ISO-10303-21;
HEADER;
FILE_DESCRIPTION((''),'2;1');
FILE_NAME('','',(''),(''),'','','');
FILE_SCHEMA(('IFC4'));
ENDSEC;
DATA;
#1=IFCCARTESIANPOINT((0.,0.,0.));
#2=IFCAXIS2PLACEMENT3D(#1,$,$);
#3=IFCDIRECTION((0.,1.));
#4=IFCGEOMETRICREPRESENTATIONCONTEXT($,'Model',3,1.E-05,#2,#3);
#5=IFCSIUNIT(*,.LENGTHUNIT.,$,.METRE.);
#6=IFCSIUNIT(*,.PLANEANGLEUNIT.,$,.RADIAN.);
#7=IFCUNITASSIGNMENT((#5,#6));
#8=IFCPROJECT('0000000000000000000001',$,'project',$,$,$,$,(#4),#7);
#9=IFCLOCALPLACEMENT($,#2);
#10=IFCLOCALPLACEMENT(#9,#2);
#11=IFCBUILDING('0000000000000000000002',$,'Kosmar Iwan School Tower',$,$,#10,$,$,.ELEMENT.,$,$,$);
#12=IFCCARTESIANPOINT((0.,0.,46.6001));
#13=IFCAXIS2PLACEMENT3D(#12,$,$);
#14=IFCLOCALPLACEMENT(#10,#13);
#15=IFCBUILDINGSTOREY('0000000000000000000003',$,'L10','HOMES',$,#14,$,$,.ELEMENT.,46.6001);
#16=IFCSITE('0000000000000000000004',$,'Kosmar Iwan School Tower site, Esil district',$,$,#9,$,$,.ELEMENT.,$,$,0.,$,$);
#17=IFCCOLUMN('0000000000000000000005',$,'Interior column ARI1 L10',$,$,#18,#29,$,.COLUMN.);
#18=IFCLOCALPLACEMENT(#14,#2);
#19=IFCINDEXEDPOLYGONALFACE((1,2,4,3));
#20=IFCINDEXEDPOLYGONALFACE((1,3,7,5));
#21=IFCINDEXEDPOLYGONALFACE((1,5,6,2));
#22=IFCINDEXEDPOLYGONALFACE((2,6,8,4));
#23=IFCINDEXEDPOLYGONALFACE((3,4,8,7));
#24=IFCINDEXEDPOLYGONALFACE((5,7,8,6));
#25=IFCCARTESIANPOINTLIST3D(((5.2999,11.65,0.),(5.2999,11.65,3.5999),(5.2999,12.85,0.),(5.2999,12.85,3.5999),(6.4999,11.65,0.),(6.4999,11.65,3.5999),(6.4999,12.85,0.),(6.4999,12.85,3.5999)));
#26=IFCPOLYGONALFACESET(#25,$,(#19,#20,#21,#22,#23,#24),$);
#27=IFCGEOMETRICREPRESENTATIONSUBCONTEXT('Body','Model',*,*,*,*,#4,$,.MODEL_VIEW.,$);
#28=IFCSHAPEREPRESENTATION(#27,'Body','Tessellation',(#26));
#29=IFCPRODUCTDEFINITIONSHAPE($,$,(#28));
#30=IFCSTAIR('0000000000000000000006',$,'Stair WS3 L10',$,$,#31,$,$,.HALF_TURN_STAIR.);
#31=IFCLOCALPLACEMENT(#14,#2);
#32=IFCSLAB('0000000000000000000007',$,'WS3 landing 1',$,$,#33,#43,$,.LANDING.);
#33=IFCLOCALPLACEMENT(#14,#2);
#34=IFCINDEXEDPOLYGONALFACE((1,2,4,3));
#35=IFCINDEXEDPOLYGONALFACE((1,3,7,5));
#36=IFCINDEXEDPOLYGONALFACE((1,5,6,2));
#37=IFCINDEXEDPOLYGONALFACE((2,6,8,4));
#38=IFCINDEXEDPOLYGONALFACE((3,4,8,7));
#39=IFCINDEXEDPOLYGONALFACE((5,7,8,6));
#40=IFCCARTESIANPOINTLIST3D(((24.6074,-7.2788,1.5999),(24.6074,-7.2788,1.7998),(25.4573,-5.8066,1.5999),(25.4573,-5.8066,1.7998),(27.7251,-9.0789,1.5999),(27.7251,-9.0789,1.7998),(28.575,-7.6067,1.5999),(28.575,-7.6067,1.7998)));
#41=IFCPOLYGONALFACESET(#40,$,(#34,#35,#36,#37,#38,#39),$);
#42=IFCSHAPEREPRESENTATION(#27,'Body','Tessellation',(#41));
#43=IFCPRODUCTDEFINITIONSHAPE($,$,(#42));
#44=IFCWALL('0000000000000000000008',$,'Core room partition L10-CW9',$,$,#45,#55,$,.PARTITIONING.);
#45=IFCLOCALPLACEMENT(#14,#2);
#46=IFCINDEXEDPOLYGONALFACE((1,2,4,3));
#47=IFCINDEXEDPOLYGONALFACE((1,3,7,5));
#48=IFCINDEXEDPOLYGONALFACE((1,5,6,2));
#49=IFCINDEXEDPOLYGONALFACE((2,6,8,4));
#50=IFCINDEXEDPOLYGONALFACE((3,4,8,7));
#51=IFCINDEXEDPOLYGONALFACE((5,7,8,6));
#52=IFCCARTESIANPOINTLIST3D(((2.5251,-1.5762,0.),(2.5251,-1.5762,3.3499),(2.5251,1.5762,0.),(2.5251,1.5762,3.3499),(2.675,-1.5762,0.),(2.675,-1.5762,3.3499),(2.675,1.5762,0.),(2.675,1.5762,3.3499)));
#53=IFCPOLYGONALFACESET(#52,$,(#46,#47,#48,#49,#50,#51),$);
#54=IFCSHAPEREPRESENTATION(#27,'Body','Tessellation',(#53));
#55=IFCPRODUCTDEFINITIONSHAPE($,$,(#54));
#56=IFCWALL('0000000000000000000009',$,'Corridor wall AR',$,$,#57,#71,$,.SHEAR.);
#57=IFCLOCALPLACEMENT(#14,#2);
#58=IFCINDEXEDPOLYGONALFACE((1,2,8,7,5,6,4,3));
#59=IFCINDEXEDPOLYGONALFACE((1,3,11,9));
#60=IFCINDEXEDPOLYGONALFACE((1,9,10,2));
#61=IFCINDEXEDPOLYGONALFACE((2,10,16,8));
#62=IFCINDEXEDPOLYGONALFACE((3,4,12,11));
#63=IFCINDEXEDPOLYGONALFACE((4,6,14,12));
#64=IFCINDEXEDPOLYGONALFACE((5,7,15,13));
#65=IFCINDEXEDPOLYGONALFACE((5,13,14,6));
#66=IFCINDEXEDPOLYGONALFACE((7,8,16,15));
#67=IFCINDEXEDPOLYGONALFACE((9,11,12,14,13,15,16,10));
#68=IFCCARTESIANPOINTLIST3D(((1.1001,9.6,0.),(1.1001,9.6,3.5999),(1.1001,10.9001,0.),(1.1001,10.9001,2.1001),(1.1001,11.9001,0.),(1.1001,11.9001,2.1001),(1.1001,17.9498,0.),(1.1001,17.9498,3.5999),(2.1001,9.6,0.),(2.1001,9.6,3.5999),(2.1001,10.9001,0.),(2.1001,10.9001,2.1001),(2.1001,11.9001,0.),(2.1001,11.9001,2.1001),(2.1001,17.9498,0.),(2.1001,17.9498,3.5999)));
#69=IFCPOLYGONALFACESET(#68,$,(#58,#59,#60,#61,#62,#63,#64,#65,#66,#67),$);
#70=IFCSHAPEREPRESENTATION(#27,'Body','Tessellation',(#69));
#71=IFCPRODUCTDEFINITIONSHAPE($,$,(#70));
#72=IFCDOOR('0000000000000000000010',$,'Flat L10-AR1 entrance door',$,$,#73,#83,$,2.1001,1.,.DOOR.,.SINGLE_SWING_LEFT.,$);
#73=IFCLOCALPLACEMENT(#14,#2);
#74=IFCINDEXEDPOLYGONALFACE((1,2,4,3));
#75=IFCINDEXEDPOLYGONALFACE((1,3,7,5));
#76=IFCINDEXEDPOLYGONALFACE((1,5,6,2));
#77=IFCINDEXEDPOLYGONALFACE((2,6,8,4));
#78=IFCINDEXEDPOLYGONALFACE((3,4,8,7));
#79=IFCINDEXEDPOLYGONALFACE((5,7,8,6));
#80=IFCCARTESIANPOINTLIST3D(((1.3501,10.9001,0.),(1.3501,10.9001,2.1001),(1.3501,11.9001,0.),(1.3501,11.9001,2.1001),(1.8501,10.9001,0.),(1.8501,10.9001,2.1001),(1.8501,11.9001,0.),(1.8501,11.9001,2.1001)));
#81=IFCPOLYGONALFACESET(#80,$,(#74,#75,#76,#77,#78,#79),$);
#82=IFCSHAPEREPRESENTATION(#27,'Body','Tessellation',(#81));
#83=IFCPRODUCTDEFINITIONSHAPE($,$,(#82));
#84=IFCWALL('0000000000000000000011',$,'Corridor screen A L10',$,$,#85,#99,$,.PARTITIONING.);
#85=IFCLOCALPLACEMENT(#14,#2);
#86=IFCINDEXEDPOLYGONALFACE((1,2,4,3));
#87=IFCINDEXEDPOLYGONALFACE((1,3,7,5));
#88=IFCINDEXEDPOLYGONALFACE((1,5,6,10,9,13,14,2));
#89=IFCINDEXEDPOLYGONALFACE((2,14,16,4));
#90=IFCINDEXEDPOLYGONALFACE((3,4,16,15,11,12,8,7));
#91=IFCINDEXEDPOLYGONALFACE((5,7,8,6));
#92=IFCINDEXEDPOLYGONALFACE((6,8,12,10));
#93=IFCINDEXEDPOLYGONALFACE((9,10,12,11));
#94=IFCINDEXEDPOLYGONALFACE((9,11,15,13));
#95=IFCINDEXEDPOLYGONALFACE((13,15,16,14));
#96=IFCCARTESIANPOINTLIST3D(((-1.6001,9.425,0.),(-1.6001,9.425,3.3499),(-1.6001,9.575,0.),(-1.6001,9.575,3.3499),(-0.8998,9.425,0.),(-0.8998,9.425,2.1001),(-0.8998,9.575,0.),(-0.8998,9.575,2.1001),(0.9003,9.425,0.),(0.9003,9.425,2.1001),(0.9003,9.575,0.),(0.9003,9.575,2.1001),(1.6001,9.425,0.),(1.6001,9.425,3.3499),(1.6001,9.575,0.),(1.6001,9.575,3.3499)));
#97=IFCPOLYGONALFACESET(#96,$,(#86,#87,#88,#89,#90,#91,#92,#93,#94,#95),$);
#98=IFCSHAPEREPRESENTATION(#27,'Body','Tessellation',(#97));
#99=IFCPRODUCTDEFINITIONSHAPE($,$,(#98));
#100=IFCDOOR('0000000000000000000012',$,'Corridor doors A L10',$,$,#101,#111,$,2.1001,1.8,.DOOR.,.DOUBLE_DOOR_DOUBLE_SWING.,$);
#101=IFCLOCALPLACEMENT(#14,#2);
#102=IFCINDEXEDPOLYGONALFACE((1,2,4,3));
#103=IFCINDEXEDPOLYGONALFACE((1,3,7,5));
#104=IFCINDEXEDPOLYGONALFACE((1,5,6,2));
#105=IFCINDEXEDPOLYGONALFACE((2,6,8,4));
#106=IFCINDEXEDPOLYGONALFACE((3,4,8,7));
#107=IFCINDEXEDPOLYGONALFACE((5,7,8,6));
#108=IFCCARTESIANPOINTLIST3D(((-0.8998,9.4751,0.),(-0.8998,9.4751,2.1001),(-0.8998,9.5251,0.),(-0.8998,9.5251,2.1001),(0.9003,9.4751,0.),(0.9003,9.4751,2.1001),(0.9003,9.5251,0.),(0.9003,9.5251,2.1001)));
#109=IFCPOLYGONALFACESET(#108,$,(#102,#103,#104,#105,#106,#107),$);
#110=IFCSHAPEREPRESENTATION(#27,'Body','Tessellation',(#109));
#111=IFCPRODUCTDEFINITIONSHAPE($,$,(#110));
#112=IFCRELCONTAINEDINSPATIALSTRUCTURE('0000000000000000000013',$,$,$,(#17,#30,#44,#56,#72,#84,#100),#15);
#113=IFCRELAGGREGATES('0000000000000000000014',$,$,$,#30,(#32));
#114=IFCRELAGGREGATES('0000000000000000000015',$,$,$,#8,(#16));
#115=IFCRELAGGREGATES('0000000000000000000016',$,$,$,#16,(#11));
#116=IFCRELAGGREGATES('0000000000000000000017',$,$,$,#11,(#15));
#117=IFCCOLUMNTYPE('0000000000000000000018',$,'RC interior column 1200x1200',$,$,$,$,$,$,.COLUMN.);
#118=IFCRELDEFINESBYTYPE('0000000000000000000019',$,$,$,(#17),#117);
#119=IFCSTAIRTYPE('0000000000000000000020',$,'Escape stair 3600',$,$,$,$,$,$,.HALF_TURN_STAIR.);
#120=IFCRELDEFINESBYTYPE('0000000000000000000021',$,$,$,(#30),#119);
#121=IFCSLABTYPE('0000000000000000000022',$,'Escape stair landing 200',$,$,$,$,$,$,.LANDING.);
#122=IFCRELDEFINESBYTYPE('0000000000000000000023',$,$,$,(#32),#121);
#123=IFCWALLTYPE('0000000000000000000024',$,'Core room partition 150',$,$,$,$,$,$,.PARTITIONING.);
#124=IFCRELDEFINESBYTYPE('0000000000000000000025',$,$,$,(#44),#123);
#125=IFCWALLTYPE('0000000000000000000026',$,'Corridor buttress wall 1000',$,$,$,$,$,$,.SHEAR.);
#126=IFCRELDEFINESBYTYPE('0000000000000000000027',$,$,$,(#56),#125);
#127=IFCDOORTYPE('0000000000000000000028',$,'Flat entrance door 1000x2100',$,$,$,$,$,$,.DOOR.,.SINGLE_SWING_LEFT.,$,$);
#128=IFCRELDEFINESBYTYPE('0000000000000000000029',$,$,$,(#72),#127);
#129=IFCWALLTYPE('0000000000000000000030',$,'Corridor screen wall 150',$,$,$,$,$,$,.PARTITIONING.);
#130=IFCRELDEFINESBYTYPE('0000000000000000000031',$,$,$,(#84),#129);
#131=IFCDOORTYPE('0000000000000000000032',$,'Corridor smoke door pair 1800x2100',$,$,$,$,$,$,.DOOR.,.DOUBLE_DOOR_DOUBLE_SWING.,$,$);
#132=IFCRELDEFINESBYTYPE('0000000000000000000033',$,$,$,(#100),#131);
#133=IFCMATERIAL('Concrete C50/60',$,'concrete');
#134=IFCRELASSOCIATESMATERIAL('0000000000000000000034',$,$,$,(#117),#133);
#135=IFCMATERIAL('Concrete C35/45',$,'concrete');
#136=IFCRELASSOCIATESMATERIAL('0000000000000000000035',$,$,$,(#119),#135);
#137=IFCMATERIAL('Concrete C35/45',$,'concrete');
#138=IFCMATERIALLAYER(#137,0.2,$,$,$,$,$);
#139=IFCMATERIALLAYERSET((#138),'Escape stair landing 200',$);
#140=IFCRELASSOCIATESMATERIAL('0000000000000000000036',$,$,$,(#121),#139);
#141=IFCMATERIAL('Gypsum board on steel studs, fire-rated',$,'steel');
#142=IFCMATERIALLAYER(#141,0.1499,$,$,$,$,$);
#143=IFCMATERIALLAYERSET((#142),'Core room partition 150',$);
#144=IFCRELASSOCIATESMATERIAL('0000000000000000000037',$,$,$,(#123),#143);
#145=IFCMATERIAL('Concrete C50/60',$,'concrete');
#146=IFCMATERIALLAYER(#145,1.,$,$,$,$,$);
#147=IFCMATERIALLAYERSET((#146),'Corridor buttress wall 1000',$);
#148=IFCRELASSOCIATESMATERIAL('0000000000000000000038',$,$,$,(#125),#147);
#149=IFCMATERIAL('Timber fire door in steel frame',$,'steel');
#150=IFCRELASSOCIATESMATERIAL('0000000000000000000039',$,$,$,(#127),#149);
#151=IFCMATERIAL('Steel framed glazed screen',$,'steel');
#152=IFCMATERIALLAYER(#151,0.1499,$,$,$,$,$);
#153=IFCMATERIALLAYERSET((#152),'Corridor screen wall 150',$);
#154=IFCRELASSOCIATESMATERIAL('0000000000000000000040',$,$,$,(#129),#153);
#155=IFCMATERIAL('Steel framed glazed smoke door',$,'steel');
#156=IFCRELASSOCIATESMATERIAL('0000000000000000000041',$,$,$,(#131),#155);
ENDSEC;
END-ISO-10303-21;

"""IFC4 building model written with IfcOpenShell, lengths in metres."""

from ifc_helpers import new_model, si_unit, direction, frame, frame_2d, origin, origin_2d, place, context, subcontext, project, spatial, polyline, rectangle, outline, extrude, material, layer, layer_set, material_profile, profile_set, type_object, element, fill, aggregate, save


model = new_model("IFC4")

# Units and contexts
model_context = context("Model", 3, precision=1e-05, world=origin(), true_north=direction((0.0, 1.0)))
body_context = subcontext(model_context, "Body", "Model", "MODEL_VIEW")
ifc_project = project(units=[si_unit("LENGTHUNIT", "METRE"), si_unit("PLANEANGLEUNIT", "RADIAN")], contexts=[model_context])

# Site, building, storey
site_placement = place(None, origin())
site = spatial("IfcSite", under=ifc_project, at=site_placement, Name="Kosmar Iwan School Tower site, Esil district", CompositionType="ELEMENT", RefElevation=0.0)
building_placement = place(site_placement, origin())
building = spatial("IfcBuilding", under=site, at=building_placement, Name="Kosmar Iwan School Tower", CompositionType="ELEMENT")
storey_placement = place(building_placement, frame((0.0, 0.0, 46.6001)))
storey = spatial("IfcBuildingStorey", under=building, at=storey_placement, Name="L10", Description="HOMES", CompositionType="ELEMENT", Elevation=46.6001)

# Column
ifc_material_1 = material(Name="Concrete C50/60", Category="concrete")
ifc_material_profile = material_profile(ifc_material_1, rectangle(XDim=1.2, YDim=1.2, at=origin_2d()), Name="RC 1200x1200")
ifc_profile_set = profile_set([ifc_material_profile], Name="Concrete C50/60")
column_type = type_object("IfcColumnType", Name="RC interior column 1200x1200", PredefinedType="COLUMN", material=ifc_profile_set)
column_placement = place(storey_placement, frame((5.8999, 12.25, 0.0), z_axis=(0.0, 0.0, 1.0), x_axis=(0.0, 1.0, 0.0)))
element("IfcColumn", 1, at=column_placement, inside=storey, type_object=column_type, Name="Interior column ARI1 L10", PredefinedType="COLUMN", context=body_context, shape_type="SweptSolid", body=[
    extrude(rectangle(XDim=1.2, YDim=1.2, at=origin_2d()), origin(), (0.0, 0.0, 1.0), 3.5999),
])

# Stair, slab
ifc_material_2 = material(Name="Concrete C35/45", Category="concrete")
stair_type_1 = type_object("IfcStairType", Name="Escape stair 3600", PredefinedType="HALF_TURN_STAIR", material=ifc_material_2)
stair_1_placement = place(storey_placement, origin())
stair_1 = element("IfcStair", 2, at=stair_1_placement, inside=storey, type_object=stair_type_1, Name="Stair WS3 L10", PredefinedType="HALF_TURN_STAIR")
ifc_material_3 = material(Name="Concrete C35/45", Category="concrete")
ifc_layer_1 = layer(ifc_material_3, 0.2)
ifc_layer_set_1 = layer_set([ifc_layer_1], Name="Escape stair landing 200")
slab_type = type_object("IfcSlabType", Name="Escape stair landing 200", PredefinedType="LANDING", material=ifc_layer_set_1)
slab_placement = place(storey_placement, frame((0.0, 0.0, 1.5999)))
slab = element("IfcSlab", 3, at=slab_placement, type_object=slab_type, Name="WS3 landing 1", PredefinedType="LANDING", context=body_context, shape_type="SweptSolid", body=[
    extrude(outline(polyline([(24.6074, -7.2788), (27.7251, -9.0789), (28.575, -7.6067), (25.4573, -5.8066), (24.6074, -7.2788)])), origin(), (0.0, 0.0, 1.0), 0.2),
])
aggregate(stair_1, [slab])

# Wall
ifc_material_4 = material(Name="Gypsum board on steel studs, fire-rated", Category="steel")
ifc_layer_2 = layer(ifc_material_4, 0.1499)
ifc_layer_set_2 = layer_set([ifc_layer_2], Name="Core room partition 150")
wall_type_1 = type_object("IfcWallType", Name="Core room partition 150", PredefinedType="PARTITIONING", material=ifc_layer_set_2)
wall_1_placement = place(storey_placement, frame((2.6001, 1.5762, 0.0), z_axis=(0.0, 0.0, 1.0), x_axis=(0.0, -1.0, 0.0)))
element("IfcWall", 4, at=wall_1_placement, inside=storey, type_object=wall_type_1, Name="Core room partition L10-CW9", PredefinedType="PARTITIONING", context=body_context, shape_type="SweptSolid", body=[
    extrude(rectangle(XDim=3.1523, YDim=0.1499, at=frame_2d((1.5762, 0.0))), origin(), (0.0, 0.0, 1.0), 3.3499),
])

# Walls, openings, doors
ifc_material_5 = material(Name="Concrete C50/60", Category="concrete")
ifc_layer_3 = layer(ifc_material_5, 1.0)
ifc_layer_set_3 = layer_set([ifc_layer_3], Name="Corridor buttress wall 1000")
wall_type_2 = type_object("IfcWallType", Name="Corridor buttress wall 1000", PredefinedType="SHEAR", material=ifc_layer_set_3)
wall_2_placement = place(storey_placement, frame((1.6001, 9.6001, 0.0), z_axis=(0.0, 0.0, 1.0), x_axis=(0.0, 1.0, 0.0)))
wall_2 = element("IfcWall", 5, at=wall_2_placement, inside=storey, type_object=wall_type_2, Name="Corridor wall AR", PredefinedType="SHEAR", context=body_context, shape_type="SweptSolid", body=[
    extrude(rectangle(XDim=8.3499, YDim=1.0, at=frame_2d((4.1748, 0.0))), origin(), (0.0, 0.0, 1.0), 3.5999),
])
opening_1_placement = place(wall_2_placement, frame((1.3, 0.0, 0.0)))
opening_1 = element("IfcOpeningElement", 6, at=opening_1_placement, cuts=wall_2, PredefinedType="OPENING", context=body_context, shape_type="SweptSolid", body=[
    extrude(rectangle(XDim=1.0, YDim=2.1001, at=frame_2d((0.5, 1.05))), frame((0.0, 0.512, 0.0), z_axis=(0.0, -1.0, 0.0), x_axis=(1.0, 0.0, 0.0)), (0.0, 0.0, 1.0), 1.0239),
])
ifc_material_6 = material(Name="Timber fire door in steel frame", Category="steel")
door_type_1 = type_object("IfcDoorType", Name="Flat entrance door 1000x2100", OperationType="SINGLE_SWING_LEFT", PredefinedType="DOOR", material=ifc_material_6)
door_1_placement = place(opening_1_placement, origin())
door_1 = element("IfcDoor", 7, at=door_1_placement, inside=storey, type_object=door_type_1, Name="Flat L10-AR1 entrance door", OperationType="SINGLE_SWING_LEFT", OverallHeight=2.1001, OverallWidth=1.0, PredefinedType="DOOR", context=body_context, shape_type="SweptSolid", body=[
    extrude(rectangle(XDim=1.0, YDim=2.1001, at=frame_2d((0.5, 1.05))), frame((0.0, 0.25, 0.0), z_axis=(0.0, -1.0, 0.0), x_axis=(1.0, 0.0, 0.0)), (0.0, 0.0, 1.0), 0.5),
])
fill(opening_1, door_1)
ifc_material_7 = material(Name="Steel framed glazed screen", Category="steel")
ifc_layer_4 = layer(ifc_material_7, 0.1499)
ifc_layer_set_4 = layer_set([ifc_layer_4], Name="Corridor screen wall 150")
wall_type_3 = type_object("IfcWallType", Name="Corridor screen wall 150", PredefinedType="PARTITIONING", material=ifc_layer_set_4)
wall_3_placement = place(storey_placement, frame((1.6001, 9.5, 0.0), z_axis=(0.0, 0.0, 1.0), x_axis=(-1.0, 0.0, 0.0)))
wall_3 = element("IfcWall", 8, at=wall_3_placement, inside=storey, type_object=wall_type_3, Name="Corridor screen A L10", PredefinedType="PARTITIONING", context=body_context, shape_type="SweptSolid", body=[
    extrude(rectangle(XDim=3.2002, YDim=0.1499, at=frame_2d((1.6001, 0.0))), origin(), (0.0, 0.0, 1.0), 3.3499),
])
opening_2_placement = place(wall_3_placement, frame((0.7, 0.0, 0.0)))
opening_2 = element("IfcOpeningElement", 9, at=opening_2_placement, cuts=wall_3, PredefinedType="OPENING", context=body_context, shape_type="SweptSolid", body=[
    extrude(rectangle(XDim=1.8, YDim=2.1001, at=frame_2d((0.8999, 1.05))), frame((0.0, 0.0869, 0.0), z_axis=(0.0, -1.0, 0.0), x_axis=(1.0, 0.0, 0.0)), (0.0, 0.0, 1.0), 0.1738),
])
ifc_material_8 = material(Name="Steel framed glazed smoke door", Category="steel")
door_type_2 = type_object("IfcDoorType", Name="Corridor smoke door pair 1800x2100", OperationType="DOUBLE_DOOR_DOUBLE_SWING", PredefinedType="DOOR", material=ifc_material_8)
door_2_placement = place(opening_2_placement, origin())
door_2 = element("IfcDoor", 10, at=door_2_placement, inside=storey, type_object=door_type_2, Name="Corridor doors A L10", OperationType="DOUBLE_DOOR_DOUBLE_SWING", OverallHeight=2.1001, OverallWidth=1.8, PredefinedType="DOOR", context=body_context, shape_type="SweptSolid", body=[
    extrude(rectangle(XDim=1.8, YDim=2.1001, at=frame_2d((0.8999, 1.05))), frame((0.0, 0.0249, 0.0), z_axis=(0.0, -1.0, 0.0), x_axis=(1.0, 0.0, 0.0)), (0.0, 0.0, 1.0), 0.05),
])
fill(opening_2, door_2)

save(model, "model.ifc")
